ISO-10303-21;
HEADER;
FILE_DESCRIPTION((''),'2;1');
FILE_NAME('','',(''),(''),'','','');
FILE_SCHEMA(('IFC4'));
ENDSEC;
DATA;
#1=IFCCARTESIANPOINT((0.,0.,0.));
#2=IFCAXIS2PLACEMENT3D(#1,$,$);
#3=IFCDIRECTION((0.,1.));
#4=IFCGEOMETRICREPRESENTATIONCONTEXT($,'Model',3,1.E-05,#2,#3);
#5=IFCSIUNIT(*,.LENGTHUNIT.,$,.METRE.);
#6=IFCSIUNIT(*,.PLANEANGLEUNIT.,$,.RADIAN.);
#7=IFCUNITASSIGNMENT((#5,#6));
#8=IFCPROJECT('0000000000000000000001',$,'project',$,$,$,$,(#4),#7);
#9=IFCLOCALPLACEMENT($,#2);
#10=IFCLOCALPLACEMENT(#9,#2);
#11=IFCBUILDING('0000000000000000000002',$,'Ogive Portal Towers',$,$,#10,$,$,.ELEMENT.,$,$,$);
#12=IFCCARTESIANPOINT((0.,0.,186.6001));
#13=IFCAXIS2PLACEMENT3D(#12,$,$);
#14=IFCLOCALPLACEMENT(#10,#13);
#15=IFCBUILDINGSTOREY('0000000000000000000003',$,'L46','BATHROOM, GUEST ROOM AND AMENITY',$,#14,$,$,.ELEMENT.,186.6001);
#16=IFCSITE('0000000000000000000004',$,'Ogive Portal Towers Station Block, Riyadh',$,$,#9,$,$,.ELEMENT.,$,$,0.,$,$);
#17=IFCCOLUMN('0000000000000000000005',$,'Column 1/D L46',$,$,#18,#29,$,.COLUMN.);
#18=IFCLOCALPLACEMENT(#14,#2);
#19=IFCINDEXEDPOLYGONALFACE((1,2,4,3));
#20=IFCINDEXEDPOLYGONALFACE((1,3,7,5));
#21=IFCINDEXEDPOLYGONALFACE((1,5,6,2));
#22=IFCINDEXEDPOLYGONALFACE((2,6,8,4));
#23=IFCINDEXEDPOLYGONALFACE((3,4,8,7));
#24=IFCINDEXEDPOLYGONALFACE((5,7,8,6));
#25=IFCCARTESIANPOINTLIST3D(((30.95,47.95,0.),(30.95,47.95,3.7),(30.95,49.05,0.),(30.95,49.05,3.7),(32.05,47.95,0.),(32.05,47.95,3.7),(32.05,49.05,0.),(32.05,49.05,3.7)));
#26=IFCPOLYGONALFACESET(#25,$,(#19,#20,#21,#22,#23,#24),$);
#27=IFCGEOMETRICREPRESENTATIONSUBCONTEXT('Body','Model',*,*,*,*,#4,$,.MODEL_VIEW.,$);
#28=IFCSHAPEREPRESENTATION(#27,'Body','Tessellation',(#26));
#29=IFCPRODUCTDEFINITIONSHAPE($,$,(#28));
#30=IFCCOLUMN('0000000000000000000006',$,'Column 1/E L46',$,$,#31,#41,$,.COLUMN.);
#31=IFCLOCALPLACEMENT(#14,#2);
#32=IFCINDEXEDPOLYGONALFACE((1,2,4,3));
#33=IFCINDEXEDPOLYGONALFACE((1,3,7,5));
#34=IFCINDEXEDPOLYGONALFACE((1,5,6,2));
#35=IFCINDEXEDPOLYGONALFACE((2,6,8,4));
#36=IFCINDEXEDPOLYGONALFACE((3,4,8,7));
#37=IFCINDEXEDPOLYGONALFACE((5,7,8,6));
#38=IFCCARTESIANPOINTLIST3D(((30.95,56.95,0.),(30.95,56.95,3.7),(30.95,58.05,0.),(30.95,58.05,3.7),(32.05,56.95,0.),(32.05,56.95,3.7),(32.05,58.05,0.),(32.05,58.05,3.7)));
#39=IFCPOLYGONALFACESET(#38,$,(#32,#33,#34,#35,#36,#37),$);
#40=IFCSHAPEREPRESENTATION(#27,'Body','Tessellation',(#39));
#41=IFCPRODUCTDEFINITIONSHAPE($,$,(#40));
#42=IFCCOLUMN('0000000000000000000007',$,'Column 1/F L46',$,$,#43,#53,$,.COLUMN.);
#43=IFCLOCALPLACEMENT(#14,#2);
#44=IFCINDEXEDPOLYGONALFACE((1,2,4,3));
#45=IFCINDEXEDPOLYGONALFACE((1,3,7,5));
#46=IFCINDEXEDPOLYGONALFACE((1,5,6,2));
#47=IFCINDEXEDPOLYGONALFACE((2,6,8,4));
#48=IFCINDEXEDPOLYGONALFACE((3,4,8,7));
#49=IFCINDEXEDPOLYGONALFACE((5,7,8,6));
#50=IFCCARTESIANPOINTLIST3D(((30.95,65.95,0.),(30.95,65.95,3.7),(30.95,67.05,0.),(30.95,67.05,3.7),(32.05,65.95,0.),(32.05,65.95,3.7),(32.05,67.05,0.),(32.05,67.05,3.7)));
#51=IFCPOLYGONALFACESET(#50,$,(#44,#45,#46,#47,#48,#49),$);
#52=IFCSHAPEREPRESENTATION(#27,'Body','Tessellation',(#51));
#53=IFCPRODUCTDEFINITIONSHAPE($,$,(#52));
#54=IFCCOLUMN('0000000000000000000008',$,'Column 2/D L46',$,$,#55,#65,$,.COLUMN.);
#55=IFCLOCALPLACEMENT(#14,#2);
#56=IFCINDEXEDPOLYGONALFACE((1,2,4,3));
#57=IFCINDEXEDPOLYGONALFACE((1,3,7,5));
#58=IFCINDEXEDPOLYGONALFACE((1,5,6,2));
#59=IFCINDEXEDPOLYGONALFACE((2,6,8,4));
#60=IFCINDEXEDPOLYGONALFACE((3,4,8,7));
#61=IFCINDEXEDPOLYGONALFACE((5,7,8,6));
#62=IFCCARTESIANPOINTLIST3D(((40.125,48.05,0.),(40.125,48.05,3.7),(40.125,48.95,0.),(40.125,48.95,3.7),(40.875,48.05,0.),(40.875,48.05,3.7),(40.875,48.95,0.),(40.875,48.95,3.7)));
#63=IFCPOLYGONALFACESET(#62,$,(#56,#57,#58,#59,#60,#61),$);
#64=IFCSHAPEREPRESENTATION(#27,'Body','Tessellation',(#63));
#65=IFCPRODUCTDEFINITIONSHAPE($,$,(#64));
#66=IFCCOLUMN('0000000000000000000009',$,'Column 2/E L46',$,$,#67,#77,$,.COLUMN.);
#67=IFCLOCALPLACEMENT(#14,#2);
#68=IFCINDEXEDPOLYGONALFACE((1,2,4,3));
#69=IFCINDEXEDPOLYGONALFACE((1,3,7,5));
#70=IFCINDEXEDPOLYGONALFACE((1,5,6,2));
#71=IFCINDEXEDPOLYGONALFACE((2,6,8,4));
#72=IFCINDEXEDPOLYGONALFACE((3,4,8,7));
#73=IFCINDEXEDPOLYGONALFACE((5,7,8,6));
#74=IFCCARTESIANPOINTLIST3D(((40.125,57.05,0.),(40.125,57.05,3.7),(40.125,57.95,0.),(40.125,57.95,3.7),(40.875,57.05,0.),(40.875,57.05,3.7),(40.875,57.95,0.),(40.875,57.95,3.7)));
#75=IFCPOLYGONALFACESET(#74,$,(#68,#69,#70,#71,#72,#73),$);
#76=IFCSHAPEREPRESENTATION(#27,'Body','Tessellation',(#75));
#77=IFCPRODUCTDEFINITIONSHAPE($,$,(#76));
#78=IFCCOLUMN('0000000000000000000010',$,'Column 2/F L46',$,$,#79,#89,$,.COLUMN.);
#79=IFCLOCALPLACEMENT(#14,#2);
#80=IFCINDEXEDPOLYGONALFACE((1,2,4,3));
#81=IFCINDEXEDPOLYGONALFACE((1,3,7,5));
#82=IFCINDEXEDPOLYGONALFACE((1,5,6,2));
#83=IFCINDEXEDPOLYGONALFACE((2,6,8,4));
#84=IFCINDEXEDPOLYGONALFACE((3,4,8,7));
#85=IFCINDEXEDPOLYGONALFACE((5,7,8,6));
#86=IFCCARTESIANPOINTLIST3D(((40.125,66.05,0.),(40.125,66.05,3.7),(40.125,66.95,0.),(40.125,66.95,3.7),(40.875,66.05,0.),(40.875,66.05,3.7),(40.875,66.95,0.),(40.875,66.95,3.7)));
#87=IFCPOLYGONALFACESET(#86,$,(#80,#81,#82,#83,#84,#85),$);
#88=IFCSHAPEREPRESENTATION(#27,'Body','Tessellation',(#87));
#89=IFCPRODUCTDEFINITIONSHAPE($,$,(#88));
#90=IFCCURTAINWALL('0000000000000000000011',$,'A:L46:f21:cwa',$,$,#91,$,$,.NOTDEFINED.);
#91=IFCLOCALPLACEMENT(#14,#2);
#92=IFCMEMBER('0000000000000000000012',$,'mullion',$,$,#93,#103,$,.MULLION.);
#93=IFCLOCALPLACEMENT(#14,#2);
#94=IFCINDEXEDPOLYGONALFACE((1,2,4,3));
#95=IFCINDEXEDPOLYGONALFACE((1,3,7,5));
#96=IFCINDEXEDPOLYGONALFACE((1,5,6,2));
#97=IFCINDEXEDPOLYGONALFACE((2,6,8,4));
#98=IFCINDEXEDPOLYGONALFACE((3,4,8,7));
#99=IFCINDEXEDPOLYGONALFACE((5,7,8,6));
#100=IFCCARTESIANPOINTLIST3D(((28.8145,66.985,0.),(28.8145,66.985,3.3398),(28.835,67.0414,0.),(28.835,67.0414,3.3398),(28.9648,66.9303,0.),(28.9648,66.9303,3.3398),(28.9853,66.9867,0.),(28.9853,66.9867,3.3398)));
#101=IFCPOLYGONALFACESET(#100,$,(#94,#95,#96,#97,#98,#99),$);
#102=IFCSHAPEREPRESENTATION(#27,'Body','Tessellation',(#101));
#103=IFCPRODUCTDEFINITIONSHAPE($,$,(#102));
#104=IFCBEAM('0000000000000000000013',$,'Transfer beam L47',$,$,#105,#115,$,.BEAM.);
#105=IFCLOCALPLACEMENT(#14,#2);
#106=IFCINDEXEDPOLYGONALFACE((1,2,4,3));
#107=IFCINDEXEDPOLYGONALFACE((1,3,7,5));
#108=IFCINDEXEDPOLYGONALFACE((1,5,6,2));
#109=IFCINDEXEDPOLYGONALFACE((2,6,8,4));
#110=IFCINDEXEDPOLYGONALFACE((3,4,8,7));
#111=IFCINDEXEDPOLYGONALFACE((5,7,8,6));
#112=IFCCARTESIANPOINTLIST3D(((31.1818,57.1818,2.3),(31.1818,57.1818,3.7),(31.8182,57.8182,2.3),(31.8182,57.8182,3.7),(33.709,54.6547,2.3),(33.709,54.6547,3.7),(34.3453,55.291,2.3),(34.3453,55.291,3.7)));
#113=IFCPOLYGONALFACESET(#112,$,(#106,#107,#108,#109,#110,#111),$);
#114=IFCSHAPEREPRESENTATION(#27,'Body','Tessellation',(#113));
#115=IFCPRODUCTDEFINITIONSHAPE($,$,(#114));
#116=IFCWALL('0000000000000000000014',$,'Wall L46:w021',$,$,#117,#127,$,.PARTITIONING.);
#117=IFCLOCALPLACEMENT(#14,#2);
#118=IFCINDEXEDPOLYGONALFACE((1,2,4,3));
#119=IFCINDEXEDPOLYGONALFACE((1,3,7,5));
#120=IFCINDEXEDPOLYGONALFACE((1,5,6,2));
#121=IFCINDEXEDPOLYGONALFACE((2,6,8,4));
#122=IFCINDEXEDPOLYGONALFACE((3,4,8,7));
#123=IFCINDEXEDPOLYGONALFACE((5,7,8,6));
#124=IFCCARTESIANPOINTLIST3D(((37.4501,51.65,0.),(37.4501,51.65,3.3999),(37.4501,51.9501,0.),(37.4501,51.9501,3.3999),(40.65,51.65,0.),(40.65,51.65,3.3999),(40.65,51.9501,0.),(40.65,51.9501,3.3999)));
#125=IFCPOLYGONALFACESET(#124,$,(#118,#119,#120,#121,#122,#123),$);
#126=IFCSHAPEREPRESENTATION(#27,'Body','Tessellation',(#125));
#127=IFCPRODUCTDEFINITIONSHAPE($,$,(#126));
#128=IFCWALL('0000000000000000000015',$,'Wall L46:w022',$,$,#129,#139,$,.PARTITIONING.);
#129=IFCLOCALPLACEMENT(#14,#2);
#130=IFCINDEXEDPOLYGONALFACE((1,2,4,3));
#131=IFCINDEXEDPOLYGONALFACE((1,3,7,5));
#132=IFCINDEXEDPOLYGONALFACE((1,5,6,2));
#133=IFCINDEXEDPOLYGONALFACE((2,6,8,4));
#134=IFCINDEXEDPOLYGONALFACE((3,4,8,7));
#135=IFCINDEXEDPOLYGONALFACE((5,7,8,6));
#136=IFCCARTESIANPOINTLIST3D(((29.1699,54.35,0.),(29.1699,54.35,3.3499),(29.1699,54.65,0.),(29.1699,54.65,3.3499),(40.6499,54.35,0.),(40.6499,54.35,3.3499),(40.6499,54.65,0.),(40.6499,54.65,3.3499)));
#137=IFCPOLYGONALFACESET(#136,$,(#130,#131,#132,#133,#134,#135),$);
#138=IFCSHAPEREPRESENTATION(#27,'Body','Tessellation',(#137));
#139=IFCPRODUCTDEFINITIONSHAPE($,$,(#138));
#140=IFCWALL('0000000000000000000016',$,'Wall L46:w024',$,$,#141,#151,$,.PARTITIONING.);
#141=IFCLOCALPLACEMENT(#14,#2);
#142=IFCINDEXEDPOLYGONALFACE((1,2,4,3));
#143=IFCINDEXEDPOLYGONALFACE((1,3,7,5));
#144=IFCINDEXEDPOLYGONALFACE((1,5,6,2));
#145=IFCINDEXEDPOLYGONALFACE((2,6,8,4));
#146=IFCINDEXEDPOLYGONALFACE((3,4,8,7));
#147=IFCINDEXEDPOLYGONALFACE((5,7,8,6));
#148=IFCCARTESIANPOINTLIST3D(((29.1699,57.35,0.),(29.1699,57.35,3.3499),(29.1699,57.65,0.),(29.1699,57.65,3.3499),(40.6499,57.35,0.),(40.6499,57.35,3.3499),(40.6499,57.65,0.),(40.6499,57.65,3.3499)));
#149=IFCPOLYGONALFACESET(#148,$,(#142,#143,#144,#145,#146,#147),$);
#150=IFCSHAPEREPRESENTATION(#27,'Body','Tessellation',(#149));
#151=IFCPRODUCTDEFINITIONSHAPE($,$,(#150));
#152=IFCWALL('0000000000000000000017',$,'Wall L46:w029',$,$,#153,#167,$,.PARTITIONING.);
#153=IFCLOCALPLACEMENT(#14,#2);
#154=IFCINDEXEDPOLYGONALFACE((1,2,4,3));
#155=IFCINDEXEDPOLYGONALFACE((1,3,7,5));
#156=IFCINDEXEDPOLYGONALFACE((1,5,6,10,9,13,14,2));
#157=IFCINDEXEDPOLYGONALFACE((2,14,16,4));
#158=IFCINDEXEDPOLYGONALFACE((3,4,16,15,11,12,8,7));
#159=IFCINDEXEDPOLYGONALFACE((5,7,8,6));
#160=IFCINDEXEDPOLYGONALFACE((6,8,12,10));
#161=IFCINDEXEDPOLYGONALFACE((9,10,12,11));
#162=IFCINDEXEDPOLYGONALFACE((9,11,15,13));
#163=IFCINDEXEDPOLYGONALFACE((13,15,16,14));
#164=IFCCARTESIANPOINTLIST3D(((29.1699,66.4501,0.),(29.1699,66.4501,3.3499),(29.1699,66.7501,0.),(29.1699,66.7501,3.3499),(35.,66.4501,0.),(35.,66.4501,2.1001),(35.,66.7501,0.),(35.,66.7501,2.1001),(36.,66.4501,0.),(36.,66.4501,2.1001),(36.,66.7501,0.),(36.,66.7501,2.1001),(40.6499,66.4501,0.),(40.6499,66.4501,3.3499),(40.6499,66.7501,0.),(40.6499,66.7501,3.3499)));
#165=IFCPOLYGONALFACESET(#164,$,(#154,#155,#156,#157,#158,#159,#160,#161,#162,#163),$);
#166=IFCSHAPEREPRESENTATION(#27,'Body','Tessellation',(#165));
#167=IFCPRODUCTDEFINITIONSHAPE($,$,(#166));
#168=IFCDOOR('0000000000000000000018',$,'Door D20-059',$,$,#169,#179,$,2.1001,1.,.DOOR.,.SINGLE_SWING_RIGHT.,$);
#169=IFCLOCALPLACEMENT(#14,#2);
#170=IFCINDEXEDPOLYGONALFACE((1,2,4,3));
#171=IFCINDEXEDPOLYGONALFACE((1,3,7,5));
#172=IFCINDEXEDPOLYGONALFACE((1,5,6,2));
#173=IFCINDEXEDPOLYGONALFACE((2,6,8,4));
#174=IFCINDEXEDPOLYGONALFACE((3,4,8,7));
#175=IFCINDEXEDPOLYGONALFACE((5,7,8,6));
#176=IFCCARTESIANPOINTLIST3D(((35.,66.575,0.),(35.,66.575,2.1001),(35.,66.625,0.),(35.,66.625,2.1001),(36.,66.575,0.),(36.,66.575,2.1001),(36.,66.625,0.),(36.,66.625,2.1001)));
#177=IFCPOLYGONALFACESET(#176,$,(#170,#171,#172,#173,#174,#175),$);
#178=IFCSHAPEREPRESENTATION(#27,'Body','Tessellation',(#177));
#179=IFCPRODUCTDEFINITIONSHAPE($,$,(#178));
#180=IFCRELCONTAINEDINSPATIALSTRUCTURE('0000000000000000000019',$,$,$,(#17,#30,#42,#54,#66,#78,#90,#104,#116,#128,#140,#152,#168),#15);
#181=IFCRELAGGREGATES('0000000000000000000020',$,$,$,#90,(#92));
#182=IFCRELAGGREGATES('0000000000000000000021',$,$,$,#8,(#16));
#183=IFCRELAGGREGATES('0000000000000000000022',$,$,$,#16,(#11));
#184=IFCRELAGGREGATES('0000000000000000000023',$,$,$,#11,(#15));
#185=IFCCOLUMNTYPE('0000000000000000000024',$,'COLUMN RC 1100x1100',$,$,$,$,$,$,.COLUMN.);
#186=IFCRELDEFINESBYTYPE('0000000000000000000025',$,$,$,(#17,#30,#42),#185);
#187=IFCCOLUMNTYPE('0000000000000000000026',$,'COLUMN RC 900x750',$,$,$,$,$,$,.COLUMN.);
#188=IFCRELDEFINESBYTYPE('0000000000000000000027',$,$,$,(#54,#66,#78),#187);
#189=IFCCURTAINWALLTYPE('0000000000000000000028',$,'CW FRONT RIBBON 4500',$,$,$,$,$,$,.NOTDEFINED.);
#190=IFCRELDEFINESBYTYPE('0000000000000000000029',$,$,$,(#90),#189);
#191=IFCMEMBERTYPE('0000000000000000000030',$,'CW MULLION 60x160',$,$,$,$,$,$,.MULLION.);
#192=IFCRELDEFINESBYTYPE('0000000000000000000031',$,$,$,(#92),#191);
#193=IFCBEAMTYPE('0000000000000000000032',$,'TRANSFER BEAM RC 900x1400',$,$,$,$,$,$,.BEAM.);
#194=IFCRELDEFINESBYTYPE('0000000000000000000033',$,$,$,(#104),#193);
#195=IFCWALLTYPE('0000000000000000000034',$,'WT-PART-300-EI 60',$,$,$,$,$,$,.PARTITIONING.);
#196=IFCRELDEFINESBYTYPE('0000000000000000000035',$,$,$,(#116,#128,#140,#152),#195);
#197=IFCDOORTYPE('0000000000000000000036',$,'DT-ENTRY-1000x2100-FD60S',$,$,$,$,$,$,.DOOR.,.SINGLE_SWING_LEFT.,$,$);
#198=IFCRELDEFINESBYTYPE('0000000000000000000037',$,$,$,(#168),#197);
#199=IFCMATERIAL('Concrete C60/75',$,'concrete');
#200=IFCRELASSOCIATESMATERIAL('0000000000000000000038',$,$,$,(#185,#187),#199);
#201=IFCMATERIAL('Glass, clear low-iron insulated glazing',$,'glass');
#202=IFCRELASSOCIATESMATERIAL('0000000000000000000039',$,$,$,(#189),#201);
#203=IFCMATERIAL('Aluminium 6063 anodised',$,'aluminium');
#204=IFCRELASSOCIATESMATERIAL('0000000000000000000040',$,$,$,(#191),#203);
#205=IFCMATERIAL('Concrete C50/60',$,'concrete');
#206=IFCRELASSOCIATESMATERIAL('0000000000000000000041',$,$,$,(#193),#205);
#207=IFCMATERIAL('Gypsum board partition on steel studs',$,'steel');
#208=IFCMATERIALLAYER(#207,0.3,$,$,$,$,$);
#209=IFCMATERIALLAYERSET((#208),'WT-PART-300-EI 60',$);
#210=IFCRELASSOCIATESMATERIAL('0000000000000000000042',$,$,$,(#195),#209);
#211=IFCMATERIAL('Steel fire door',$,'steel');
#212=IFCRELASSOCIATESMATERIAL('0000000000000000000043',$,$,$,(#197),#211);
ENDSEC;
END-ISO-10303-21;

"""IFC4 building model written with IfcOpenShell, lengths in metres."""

from ifc_helpers import new_model, si_unit, direction, frame, frame_2d, origin, origin_2d, place, context, subcontext, project, spatial, rectangle, extrude, material, layer, layer_set, material_profile, profile_set, type_object, element, fill, aggregate, save


model = new_model("IFC4")

# Units and contexts
model_context = context("Model", 3, precision=1e-05, world=origin(), true_north=direction((0.0, 1.0)))
body_context = subcontext(model_context, "Body", "Model", "MODEL_VIEW")
ifc_project = project(units=[si_unit("LENGTHUNIT", "METRE"), si_unit("PLANEANGLEUNIT", "RADIAN")], contexts=[model_context])

# Site, building, storey
site_placement = place(None, origin())
site = spatial("IfcSite", under=ifc_project, at=site_placement, Name="Ogive Portal Towers Station Block, Riyadh", CompositionType="ELEMENT", RefElevation=0.0)
building_placement = place(site_placement, origin())
building = spatial("IfcBuilding", under=site, at=building_placement, Name="Ogive Portal Towers", CompositionType="ELEMENT")
storey_placement = place(building_placement, frame((0.0, 0.0, 186.6001)))
storey = spatial("IfcBuildingStorey", under=building, at=storey_placement, Name="L46", Description="BATHROOM, GUEST ROOM AND AMENITY", CompositionType="ELEMENT", Elevation=186.6001)

# Columns
ifc_material_1 = material(Name="Concrete C60/75", Category="concrete")
ifc_material_profile_1 = material_profile(ifc_material_1, rectangle(XDim=1.1001, YDim=1.1001, at=origin_2d()), Name="RC 1100x1100")
ifc_profile_set_1 = profile_set([ifc_material_profile_1], Name="Concrete C60/75")
column_type_1 = type_object("IfcColumnType", Name="COLUMN RC 1100x1100", PredefinedType="COLUMN", material=ifc_profile_set_1)
for number, where, z_axis, x_axis, name in (
    (1, (31.5, 48.5, 0.0), (0.0, 0.0, 1.0), (1.0, 0.0, 0.0), "Column 1/D L46"),
    (2, (31.5, 57.5, 0.0), (0.0, 0.0, 1.0), (1.0, 0.0, 0.0), "Column 1/E L46"),
    (3, (31.5, 66.5, 0.0), (0.0, 0.0, 1.0), (1.0, 0.0, 0.0), "Column 1/F L46"),
):
    element("IfcColumn", number, at=place(storey_placement, frame(where, z_axis=z_axis, x_axis=x_axis)), inside=storey, type_object=column_type_1, Name=name, PredefinedType="COLUMN", context=body_context, shape_type="SweptSolid", body=[
        extrude(rectangle(XDim=1.1001, YDim=1.1001, at=origin_2d()), origin(), (0.0, 0.0, 1.0), 3.7),
    ])
ifc_material_profile_2 = material_profile(ifc_material_1, rectangle(XDim=0.8999, YDim=0.75, at=origin_2d()), Name="RC 900x750")
ifc_profile_set_2 = profile_set([ifc_material_profile_2], Name="Concrete C60/75")
column_type_2 = type_object("IfcColumnType", Name="COLUMN RC 900x750", PredefinedType="COLUMN", material=ifc_profile_set_2)
for number, where, z_axis, x_axis, name in (
    (4, (40.5, 48.5, 0.0), (0.0, 0.0, 1.0), (0.0, 1.0, 0.0), "Column 2/D L46"),
    (5, (40.5, 57.5, 0.0), (0.0, 0.0, 1.0), (0.0, 1.0, 0.0), "Column 2/E L46"),
    (6, (40.5, 66.5, 0.0), (0.0, 0.0, 1.0), (0.0, 1.0, 0.0), "Column 2/F L46"),
):
    element("IfcColumn", number, at=place(storey_placement, frame(where, z_axis=z_axis, x_axis=x_axis)), inside=storey, type_object=column_type_2, Name=name, PredefinedType="COLUMN", context=body_context, shape_type="SweptSolid", body=[
        extrude(rectangle(XDim=0.8999, YDim=0.75, at=origin_2d()), origin(), (0.0, 0.0, 1.0), 3.7),
    ])

# Curtain wall, member
ifc_material_2 = material(Name="Glass, clear low-iron insulated glazing", Category="glass")
curtain_wall_type = type_object("IfcCurtainWallType", Name="CW FRONT RIBBON 4500", PredefinedType="NOTDEFINED", material=ifc_material_2)
curtain_wall_placement = place(storey_placement, origin())
curtain_wall = element("IfcCurtainWall", 7, at=curtain_wall_placement, inside=storey, type_object=curtain_wall_type, Name="A:L46:f21:cwa", PredefinedType="NOTDEFINED")
ifc_material_3 = material(Name="Aluminium 6063 anodised", Category="aluminium")
ifc_material_profile_3 = material_profile(ifc_material_3, rectangle(XDim=0.1599, YDim=0.0601, at=origin_2d()), Name="AL 60x160")
ifc_profile_set_3 = profile_set([ifc_material_profile_3], Name="Aluminium 6063 anodised")
member_type = type_object("IfcMemberType", Name="CW MULLION 60x160", PredefinedType="MULLION", material=ifc_profile_set_3)
member_placement = place(storey_placement, frame((28.8999, 66.9858, 0.0), z_axis=(0.0, 0.0, 1.0), x_axis=(0.939693, -0.34202, 0.0)))
member = element("IfcMember", 8, at=member_placement, type_object=member_type, Name="mullion", PredefinedType="MULLION", context=body_context, shape_type="SweptSolid", body=[
    extrude(rectangle(XDim=0.1599, YDim=0.0601, at=origin_2d()), origin(), (0.0, 0.0, 1.0), 3.3398),
])
aggregate(curtain_wall, [member])

# Beam
ifc_material_4 = material(Name="Concrete C50/60", Category="concrete")
ifc_material_profile_4 = material_profile(ifc_material_4, rectangle(XDim=0.8999, YDim=1.3999, at=origin_2d()), Name="RC 900x1400")
ifc_profile_set_4 = profile_set([ifc_material_profile_4], Name="Concrete C50/60")
beam_type = type_object("IfcBeamType", Name="TRANSFER BEAM RC 900x1400", PredefinedType="BEAM", material=ifc_profile_set_4)
beam_placement = place(storey_placement, frame((31.5, 57.5, 3.0), z_axis=(0.707107, -0.707107, 0.0), x_axis=(0.707107, 0.707107, 0.0)))
element("IfcBeam", 9, at=beam_placement, inside=storey, type_object=beam_type, Name="Transfer beam L47", PredefinedType="BEAM", context=body_context, shape_type="SweptSolid", body=[
    extrude(rectangle(XDim=0.8999, YDim=1.3999, at=origin_2d()), origin(), (0.0, 0.0, 1.0), 3.574),
])

# Walls
ifc_material_5 = material(Name="Gypsum board partition on steel studs", Category="steel")
ifc_layer_1 = layer(ifc_material_5, 0.3)
ifc_layer_set_1 = layer_set([ifc_layer_1], Name="WT-PART-300-EI 60")
wall_type = type_object("IfcWallType", Name="WT-PART-300-EI 60", PredefinedType="PARTITIONING", material=ifc_layer_set_1)
wall_1_placement = place(storey_placement, frame((37.45, 51.8, 0.0), z_axis=(0.0, 0.0, 1.0), x_axis=(1.0, 0.0, 0.0)))
element("IfcWall", 10, at=wall_1_placement, inside=storey, type_object=wall_type, Name="Wall L46:w021", PredefinedType="PARTITIONING", context=body_context, shape_type="SweptSolid", body=[
    extrude(rectangle(XDim=3.2, YDim=0.3, at=frame_2d((1.6001, 0.0))), origin(), (0.0, 0.0, 1.0), 3.3999),
])
for number, where, z_axis, x_axis, name in (
    (11, (29.1699, 54.5, 0.0), (0.0, 0.0, 1.0), (1.0, 0.0, 0.0), "Wall L46:w022"),
    (12, (29.1699, 57.5, 0.0), (0.0, 0.0, 1.0), (1.0, 0.0, 0.0), "Wall L46:w024"),
):
    element("IfcWall", number, at=place(storey_placement, frame(where, z_axis=z_axis, x_axis=x_axis)), inside=storey, type_object=wall_type, Name=name, PredefinedType="PARTITIONING", context=body_context, shape_type="SweptSolid", body=[
        extrude(rectangle(XDim=11.48, YDim=0.3, at=frame_2d((5.74, 0.0))), origin(), (0.0, 0.0, 1.0), 3.3499),
    ])

# Wall, opening, door
wall_2_placement = place(storey_placement, frame((29.1699, 66.6001, 0.0), z_axis=(0.0, 0.0, 1.0), x_axis=(1.0, 0.0, 0.0)))
wall_2 = element("IfcWall", 13, at=wall_2_placement, inside=storey, type_object=wall_type, Name="Wall L46:w029", PredefinedType="PARTITIONING", context=body_context, shape_type="SweptSolid", body=[
    extrude(rectangle(XDim=11.48, YDim=0.3, at=frame_2d((5.74, 0.0))), origin(), (0.0, 0.0, 1.0), 3.3499),
])
opening_1_placement = place(wall_2_placement, frame((5.8301, 0.0, 0.0)))
opening_1 = element("IfcOpeningElement", 14, at=opening_1_placement, cuts=wall_2, PredefinedType="OPENING", context=body_context, shape_type="SweptSolid", body=[
    extrude(rectangle(XDim=1.0, YDim=2.1001, at=frame_2d((0.5, 1.05))), frame((0.0, 0.1602, 0.0), z_axis=(0.0, -1.0, 0.0), x_axis=(1.0, 0.0, 0.0)), (0.0, 0.0, 1.0), 0.3201),
])
ifc_material_6 = material(Name="Steel fire door", Category="steel")
door_type_1 = type_object("IfcDoorType", Name="DT-ENTRY-1000x2100-FD60S", OperationType="SINGLE_SWING_LEFT", PredefinedType="DOOR", material=ifc_material_6)
door_1_placement = place(opening_1_placement, origin())
door_1 = element("IfcDoor", 15, at=door_1_placement, inside=storey, type_object=door_type_1, Name="Door D20-059", OperationType="SINGLE_SWING_RIGHT", OverallHeight=2.1001, OverallWidth=1.0, PredefinedType="DOOR", context=body_context, shape_type="SweptSolid", body=[
    extrude(rectangle(XDim=1.0, YDim=2.1001, at=frame_2d((0.5, 1.05))), frame((0.0, 0.0249, 0.0), z_axis=(0.0, -1.0, 0.0), x_axis=(1.0, 0.0, 0.0)), (0.0, 0.0, 1.0), 0.05),
])
fill(opening_1, door_1)

save(model, "model.ifc")
